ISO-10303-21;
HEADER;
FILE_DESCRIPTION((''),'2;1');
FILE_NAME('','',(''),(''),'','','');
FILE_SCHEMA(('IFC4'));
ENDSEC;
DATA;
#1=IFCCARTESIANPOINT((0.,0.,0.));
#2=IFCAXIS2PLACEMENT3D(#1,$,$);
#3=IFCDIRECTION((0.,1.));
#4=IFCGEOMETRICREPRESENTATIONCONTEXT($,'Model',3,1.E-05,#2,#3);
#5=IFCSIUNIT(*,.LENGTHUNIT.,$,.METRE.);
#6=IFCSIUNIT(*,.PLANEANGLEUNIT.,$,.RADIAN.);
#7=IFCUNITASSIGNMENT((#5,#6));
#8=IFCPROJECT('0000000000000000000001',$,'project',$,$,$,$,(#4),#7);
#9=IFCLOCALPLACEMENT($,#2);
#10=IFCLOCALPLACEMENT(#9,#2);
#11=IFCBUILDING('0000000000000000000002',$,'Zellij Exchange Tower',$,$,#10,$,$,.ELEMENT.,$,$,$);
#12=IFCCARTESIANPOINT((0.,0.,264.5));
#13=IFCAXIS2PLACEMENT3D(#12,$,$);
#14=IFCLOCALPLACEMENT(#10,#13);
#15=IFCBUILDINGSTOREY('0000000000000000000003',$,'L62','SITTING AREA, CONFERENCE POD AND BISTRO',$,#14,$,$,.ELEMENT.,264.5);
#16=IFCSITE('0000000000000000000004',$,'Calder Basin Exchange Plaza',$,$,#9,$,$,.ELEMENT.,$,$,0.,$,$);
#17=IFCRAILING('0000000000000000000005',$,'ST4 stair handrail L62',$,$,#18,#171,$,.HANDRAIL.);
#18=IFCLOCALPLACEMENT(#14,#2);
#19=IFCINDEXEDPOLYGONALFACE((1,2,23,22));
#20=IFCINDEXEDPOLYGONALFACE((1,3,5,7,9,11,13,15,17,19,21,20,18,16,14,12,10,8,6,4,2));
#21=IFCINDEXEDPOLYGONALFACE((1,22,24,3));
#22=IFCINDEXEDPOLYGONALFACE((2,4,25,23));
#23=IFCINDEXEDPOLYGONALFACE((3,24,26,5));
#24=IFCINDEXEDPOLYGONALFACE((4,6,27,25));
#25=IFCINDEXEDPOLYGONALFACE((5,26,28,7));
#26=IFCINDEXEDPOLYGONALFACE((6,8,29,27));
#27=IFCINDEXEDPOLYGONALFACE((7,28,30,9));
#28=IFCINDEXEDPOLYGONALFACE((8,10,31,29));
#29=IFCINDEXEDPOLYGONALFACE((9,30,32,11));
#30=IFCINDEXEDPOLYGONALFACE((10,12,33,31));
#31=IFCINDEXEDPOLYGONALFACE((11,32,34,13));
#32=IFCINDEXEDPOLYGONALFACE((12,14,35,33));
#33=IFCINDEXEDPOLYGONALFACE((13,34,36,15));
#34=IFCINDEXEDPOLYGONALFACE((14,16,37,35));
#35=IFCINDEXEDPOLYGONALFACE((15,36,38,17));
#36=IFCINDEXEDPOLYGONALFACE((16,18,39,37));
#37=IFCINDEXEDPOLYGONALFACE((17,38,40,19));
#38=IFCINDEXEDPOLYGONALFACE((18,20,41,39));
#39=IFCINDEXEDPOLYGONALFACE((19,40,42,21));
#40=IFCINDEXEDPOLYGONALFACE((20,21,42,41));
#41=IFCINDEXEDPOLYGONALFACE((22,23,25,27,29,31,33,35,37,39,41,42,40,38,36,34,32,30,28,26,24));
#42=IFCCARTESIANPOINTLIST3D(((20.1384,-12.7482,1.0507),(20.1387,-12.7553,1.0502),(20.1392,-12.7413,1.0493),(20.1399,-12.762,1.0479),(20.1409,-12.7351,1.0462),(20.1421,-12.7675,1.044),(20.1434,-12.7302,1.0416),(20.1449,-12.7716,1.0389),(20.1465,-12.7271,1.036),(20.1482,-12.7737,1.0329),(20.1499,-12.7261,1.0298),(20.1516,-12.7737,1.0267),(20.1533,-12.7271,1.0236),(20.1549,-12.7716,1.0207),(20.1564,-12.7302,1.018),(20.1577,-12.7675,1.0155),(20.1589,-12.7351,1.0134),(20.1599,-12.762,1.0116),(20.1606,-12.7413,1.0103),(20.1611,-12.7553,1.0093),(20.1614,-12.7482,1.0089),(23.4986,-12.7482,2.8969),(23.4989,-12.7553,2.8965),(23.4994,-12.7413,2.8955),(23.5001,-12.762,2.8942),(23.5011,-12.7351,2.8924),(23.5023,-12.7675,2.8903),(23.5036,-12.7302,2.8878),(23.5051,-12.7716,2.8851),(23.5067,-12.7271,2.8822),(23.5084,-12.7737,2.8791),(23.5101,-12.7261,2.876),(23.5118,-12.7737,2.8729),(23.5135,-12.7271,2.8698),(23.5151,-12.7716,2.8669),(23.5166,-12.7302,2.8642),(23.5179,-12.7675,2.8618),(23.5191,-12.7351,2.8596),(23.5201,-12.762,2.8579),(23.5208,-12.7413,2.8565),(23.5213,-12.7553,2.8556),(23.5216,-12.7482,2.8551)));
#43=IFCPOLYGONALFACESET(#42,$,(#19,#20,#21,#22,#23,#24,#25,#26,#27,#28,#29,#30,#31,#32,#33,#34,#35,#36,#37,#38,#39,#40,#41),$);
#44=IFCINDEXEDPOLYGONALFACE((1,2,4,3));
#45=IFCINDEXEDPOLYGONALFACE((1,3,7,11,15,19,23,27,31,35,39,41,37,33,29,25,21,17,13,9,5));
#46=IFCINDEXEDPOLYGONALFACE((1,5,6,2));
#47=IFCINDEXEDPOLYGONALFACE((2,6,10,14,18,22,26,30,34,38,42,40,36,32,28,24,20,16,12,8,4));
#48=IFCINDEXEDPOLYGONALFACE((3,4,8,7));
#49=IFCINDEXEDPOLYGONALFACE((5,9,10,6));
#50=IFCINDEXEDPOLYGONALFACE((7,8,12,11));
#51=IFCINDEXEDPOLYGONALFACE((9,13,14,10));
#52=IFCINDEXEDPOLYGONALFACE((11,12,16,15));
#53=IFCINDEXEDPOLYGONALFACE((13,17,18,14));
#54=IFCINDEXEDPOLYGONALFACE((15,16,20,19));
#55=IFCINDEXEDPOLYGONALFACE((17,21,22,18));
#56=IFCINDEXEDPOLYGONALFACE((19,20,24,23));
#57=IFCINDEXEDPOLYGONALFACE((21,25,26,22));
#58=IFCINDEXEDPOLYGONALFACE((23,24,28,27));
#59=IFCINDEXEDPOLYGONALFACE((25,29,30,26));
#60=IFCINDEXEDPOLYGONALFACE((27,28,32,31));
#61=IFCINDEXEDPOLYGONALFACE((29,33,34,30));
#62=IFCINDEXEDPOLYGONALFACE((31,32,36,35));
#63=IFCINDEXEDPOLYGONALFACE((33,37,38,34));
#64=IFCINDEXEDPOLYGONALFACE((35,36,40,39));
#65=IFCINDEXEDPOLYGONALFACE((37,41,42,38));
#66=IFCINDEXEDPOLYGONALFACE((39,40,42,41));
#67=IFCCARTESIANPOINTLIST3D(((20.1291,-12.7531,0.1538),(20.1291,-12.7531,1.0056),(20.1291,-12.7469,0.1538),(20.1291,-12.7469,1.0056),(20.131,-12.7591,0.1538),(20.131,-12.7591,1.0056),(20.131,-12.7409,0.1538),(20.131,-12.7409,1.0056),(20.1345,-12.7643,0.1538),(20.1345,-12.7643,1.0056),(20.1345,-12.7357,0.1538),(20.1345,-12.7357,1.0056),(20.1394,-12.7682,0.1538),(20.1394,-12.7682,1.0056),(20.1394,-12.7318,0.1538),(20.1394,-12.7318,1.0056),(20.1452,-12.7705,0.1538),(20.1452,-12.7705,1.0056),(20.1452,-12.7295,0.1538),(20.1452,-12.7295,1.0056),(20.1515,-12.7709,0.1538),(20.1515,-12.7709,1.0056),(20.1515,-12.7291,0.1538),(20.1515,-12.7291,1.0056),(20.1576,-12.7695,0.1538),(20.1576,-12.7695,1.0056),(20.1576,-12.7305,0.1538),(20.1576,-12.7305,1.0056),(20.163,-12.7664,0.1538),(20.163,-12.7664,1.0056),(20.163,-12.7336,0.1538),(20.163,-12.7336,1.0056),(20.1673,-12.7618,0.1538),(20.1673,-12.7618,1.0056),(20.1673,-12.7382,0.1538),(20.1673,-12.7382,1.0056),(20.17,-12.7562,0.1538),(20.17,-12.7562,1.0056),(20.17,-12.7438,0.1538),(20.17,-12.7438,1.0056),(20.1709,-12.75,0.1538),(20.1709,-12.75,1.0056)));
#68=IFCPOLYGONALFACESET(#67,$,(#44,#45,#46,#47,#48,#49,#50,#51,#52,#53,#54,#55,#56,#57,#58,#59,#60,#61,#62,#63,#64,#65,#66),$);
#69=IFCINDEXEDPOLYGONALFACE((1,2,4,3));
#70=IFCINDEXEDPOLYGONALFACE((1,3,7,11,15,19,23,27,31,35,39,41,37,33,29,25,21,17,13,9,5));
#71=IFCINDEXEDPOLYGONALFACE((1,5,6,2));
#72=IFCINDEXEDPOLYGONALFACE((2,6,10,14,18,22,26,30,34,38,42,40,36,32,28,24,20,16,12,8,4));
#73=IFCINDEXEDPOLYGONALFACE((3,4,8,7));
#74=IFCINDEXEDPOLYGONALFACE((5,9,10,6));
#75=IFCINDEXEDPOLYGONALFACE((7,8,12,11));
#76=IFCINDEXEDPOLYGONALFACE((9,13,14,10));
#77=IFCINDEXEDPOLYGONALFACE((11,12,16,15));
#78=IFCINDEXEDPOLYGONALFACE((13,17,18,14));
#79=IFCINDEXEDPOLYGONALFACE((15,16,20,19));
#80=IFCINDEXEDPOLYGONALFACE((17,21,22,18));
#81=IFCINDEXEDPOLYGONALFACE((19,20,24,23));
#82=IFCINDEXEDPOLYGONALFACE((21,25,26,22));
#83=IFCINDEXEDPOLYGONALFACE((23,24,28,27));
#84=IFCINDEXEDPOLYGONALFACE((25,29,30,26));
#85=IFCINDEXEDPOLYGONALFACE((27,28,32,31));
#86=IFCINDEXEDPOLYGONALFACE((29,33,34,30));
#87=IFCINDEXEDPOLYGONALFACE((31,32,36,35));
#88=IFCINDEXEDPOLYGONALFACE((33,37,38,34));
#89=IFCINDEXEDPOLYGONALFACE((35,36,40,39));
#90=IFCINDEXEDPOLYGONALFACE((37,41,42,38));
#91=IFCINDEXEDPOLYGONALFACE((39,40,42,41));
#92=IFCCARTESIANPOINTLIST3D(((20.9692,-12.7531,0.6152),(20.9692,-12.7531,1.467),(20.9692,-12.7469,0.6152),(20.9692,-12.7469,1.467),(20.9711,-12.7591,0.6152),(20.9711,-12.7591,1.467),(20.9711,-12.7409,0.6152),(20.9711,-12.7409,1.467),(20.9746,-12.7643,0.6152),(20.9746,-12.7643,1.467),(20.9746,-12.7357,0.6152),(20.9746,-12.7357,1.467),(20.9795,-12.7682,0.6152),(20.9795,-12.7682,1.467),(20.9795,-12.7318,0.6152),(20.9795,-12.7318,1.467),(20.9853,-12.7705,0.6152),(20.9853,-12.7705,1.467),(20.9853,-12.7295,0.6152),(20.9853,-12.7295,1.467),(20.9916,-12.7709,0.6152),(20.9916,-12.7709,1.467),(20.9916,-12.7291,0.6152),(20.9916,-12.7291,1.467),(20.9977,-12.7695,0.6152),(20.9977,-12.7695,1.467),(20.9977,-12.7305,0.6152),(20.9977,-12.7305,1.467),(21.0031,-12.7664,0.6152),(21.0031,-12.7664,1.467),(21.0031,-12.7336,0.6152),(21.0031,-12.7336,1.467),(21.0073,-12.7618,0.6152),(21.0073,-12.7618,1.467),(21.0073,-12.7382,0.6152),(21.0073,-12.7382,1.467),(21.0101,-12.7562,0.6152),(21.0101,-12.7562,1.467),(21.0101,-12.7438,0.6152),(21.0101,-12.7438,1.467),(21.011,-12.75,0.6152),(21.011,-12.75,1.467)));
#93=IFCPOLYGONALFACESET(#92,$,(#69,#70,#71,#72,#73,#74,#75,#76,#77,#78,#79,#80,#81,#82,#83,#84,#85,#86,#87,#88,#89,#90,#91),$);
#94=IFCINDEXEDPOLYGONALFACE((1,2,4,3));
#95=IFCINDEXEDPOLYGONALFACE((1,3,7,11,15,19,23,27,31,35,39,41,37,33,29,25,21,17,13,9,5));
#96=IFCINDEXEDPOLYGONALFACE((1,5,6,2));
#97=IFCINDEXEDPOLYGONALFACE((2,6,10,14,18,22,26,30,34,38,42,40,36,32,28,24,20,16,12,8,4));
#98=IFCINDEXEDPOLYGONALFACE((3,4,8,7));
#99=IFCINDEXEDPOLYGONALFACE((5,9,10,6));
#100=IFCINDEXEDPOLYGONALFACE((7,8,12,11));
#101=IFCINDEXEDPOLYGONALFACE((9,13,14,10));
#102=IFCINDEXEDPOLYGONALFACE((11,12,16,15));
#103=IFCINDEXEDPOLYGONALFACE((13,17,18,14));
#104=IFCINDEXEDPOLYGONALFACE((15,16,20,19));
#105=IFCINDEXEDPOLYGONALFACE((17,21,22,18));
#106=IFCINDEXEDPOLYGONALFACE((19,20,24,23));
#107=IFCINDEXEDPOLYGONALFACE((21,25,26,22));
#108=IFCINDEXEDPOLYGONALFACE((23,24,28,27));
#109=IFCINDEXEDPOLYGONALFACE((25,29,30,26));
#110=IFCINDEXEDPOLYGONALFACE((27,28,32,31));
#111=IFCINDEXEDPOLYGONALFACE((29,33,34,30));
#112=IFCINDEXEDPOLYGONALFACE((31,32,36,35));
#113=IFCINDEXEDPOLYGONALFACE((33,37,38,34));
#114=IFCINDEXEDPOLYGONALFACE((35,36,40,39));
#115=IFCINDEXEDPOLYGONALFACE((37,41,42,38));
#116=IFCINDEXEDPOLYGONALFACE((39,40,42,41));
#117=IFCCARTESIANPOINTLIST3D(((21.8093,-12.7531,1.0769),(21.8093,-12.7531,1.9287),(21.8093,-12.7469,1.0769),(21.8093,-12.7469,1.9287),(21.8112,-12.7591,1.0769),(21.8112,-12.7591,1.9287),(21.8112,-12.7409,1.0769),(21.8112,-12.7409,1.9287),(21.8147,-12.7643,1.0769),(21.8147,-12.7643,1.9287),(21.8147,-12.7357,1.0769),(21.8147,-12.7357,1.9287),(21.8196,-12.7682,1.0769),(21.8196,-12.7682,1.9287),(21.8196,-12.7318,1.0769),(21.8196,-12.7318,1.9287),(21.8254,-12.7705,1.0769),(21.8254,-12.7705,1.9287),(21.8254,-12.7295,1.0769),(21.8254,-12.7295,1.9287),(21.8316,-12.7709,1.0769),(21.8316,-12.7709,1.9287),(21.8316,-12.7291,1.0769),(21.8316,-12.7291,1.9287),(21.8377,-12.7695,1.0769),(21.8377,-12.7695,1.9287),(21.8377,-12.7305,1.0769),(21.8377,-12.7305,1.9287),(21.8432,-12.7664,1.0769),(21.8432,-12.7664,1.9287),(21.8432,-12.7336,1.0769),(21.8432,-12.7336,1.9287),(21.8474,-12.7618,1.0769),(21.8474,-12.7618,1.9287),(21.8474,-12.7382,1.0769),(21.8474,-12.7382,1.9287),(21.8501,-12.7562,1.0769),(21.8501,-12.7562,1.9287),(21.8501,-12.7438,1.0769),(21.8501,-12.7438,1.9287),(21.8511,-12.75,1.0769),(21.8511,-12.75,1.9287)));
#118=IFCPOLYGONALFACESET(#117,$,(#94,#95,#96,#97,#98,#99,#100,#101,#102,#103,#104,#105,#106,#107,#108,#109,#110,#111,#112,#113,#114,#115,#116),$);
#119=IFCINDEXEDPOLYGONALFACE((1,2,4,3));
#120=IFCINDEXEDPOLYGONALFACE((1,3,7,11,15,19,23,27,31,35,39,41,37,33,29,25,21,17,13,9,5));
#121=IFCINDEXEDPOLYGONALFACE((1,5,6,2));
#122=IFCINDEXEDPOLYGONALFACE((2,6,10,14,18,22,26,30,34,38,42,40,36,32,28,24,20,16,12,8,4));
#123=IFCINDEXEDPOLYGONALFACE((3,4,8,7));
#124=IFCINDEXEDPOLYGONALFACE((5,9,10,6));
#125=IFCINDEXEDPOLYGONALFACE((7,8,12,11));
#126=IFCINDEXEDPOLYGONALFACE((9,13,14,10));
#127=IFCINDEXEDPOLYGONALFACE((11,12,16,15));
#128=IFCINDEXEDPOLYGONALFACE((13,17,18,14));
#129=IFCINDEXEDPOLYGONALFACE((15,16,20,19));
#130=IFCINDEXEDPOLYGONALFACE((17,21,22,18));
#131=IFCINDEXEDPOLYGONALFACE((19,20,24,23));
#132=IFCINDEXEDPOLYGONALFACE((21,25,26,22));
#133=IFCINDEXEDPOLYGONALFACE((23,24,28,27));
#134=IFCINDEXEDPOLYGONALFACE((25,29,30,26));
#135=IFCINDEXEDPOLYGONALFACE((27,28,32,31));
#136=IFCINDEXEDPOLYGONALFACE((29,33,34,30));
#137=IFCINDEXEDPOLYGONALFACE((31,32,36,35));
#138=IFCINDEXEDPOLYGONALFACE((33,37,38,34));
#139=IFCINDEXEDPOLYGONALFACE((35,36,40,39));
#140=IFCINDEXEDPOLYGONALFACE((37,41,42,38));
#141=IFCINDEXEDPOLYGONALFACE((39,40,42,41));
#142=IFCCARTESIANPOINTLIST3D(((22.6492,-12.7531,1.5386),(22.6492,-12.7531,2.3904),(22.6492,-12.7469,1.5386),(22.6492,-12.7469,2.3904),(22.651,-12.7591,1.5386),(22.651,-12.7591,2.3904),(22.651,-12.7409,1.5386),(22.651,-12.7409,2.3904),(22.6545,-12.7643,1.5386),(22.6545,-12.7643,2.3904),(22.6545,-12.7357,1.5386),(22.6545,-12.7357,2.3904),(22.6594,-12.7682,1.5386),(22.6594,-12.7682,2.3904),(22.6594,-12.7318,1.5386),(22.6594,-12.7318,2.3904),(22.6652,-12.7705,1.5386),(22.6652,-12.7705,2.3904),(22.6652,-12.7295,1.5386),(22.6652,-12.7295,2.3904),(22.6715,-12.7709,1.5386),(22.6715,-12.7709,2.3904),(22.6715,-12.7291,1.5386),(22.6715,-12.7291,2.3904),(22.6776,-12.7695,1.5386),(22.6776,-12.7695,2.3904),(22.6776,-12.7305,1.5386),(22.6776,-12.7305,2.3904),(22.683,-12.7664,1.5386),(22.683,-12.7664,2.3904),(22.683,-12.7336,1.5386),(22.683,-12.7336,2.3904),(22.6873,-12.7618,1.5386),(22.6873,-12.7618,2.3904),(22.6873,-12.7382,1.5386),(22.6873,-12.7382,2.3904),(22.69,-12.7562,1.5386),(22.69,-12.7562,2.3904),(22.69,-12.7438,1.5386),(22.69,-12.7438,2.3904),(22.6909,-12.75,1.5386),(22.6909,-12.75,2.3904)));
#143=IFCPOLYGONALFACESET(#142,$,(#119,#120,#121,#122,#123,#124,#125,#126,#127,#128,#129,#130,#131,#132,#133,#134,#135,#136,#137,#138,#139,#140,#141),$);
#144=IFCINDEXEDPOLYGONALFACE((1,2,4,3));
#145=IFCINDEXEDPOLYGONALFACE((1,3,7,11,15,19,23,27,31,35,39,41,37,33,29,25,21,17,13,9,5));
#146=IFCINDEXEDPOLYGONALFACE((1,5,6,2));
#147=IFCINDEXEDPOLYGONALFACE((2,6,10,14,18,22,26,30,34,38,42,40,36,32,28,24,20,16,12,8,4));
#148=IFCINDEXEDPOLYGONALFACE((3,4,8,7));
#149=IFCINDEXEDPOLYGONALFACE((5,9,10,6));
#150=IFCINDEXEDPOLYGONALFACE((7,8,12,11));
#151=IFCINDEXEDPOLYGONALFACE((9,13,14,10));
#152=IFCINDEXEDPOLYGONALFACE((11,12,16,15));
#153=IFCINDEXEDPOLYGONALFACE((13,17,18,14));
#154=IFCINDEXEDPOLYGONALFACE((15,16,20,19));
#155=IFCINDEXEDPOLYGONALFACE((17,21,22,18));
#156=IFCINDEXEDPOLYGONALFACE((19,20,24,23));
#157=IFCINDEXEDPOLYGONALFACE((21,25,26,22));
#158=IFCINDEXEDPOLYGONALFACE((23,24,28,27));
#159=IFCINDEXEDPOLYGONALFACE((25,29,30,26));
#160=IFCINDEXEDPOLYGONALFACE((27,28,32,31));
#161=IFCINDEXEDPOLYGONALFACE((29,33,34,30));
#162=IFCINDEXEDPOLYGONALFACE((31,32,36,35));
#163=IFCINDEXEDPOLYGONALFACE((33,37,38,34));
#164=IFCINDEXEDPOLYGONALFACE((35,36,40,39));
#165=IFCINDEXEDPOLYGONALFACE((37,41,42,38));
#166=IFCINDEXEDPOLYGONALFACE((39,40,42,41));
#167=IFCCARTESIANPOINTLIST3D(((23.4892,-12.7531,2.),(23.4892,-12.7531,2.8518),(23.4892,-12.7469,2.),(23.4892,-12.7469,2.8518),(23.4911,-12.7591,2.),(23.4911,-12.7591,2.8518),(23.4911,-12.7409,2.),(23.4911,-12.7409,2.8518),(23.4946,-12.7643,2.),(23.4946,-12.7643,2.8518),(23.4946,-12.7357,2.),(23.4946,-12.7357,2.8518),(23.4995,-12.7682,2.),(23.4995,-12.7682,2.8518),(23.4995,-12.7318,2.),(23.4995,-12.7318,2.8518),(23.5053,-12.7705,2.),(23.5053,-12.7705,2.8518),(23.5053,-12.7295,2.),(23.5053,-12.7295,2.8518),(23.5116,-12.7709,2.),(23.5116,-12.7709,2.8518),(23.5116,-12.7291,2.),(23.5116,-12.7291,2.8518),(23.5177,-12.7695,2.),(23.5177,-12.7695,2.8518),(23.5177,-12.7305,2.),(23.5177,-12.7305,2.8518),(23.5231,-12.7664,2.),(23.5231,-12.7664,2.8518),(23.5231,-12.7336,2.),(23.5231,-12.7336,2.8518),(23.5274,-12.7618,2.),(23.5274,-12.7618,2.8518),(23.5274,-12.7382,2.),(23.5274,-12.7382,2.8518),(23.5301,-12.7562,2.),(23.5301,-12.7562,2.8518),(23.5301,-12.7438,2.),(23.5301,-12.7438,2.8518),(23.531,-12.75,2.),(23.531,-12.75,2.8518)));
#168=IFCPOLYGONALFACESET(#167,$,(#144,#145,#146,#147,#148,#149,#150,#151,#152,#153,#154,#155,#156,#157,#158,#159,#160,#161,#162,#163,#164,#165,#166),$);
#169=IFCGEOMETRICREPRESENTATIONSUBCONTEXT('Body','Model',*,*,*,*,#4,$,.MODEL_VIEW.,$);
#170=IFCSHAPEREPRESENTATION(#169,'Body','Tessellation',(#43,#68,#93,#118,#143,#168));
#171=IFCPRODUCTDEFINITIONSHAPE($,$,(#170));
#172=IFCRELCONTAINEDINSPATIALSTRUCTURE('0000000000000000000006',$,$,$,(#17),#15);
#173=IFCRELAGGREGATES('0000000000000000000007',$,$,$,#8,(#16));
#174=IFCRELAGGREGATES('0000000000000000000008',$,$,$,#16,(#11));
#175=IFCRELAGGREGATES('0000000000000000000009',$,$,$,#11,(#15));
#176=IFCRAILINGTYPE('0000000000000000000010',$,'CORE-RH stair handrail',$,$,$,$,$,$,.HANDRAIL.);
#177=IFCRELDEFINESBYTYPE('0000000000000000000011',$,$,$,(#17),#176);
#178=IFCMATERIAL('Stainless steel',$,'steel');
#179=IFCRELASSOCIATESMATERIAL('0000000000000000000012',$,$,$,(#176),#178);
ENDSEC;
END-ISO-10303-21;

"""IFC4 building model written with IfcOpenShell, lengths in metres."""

from ifc_helpers import new_model, si_unit, direction, frame, origin, origin_2d, place, context, subcontext, project, spatial, circle, extrude, material, type_object, element, save


model = new_model("IFC4")

# Units and contexts
model_context = context("Model", 3, precision=1e-05, world=origin(), true_north=direction((0.0, 1.0)))
body_context = subcontext(model_context, "Body", "Model", "MODEL_VIEW")
ifc_project = project(units=[si_unit("LENGTHUNIT", "METRE"), si_unit("PLANEANGLEUNIT", "RADIAN")], contexts=[model_context])

# Site, building, storey
site_placement = place(None, origin())
site = spatial("IfcSite", under=ifc_project, at=site_placement, Name="Calder Basin Exchange Plaza", CompositionType="ELEMENT", RefElevation=0.0)
building_placement = place(site_placement, origin())
building = spatial("IfcBuilding", under=site, at=building_placement, Name="Zellij Exchange Tower", CompositionType="ELEMENT")
storey_placement = place(building_placement, frame((0.0, 0.0, 264.5)))
storey = spatial("IfcBuildingStorey", under=building, at=storey_placement, Name="L62", Description="SITTING AREA, CONFERENCE POD AND BISTRO", CompositionType="ELEMENT", Elevation=264.5)

# Railing
ifc_material_1 = material(Name="Stainless steel", Category="steel")
railing_type = type_object("IfcRailingType", Name="CORE-RH stair handrail", PredefinedType="HANDRAIL", material=ifc_material_1)
railing_placement = place(storey_placement, frame((20.1499, -12.75, 0.1538)))
element("IfcRailing", 1, at=railing_placement, inside=storey, type_object=railing_type, Name="ST4 stair handrail L62", PredefinedType="HANDRAIL", context=body_context, shape_type="SweptSolid", body=[
    extrude(circle(Radius=0.0239, at=origin_2d()), frame((0.0, 0.0, 0.876), z_axis=(0.876422, 0.0, 0.481545), x_axis=(0.0, 1.0, 0.0)), (0.0, 0.0, 1.0), 3.834),
    extrude(circle(Radius=0.021, at=origin_2d()), origin(), (0.0, 0.0, 1.0), 0.8518),
    extrude(circle(Radius=0.021, at=origin_2d()), frame((0.8401, 0.0, 0.4614)), (0.0, 0.0, 1.0), 0.8518),
    extrude(circle(Radius=0.021, at=origin_2d()), frame((1.6802, 0.0, 0.9231)), (0.0, 0.0, 1.0), 0.8518),
    extrude(circle(Radius=0.021, at=origin_2d()), frame((2.52, 0.0, 1.3848)), (0.0, 0.0, 1.0), 0.8518),
    extrude(circle(Radius=0.021, at=origin_2d()), frame((3.3601, 0.0, 1.8462)), (0.0, 0.0, 1.0), 0.8518),
])

save(model, "model.ifc")
